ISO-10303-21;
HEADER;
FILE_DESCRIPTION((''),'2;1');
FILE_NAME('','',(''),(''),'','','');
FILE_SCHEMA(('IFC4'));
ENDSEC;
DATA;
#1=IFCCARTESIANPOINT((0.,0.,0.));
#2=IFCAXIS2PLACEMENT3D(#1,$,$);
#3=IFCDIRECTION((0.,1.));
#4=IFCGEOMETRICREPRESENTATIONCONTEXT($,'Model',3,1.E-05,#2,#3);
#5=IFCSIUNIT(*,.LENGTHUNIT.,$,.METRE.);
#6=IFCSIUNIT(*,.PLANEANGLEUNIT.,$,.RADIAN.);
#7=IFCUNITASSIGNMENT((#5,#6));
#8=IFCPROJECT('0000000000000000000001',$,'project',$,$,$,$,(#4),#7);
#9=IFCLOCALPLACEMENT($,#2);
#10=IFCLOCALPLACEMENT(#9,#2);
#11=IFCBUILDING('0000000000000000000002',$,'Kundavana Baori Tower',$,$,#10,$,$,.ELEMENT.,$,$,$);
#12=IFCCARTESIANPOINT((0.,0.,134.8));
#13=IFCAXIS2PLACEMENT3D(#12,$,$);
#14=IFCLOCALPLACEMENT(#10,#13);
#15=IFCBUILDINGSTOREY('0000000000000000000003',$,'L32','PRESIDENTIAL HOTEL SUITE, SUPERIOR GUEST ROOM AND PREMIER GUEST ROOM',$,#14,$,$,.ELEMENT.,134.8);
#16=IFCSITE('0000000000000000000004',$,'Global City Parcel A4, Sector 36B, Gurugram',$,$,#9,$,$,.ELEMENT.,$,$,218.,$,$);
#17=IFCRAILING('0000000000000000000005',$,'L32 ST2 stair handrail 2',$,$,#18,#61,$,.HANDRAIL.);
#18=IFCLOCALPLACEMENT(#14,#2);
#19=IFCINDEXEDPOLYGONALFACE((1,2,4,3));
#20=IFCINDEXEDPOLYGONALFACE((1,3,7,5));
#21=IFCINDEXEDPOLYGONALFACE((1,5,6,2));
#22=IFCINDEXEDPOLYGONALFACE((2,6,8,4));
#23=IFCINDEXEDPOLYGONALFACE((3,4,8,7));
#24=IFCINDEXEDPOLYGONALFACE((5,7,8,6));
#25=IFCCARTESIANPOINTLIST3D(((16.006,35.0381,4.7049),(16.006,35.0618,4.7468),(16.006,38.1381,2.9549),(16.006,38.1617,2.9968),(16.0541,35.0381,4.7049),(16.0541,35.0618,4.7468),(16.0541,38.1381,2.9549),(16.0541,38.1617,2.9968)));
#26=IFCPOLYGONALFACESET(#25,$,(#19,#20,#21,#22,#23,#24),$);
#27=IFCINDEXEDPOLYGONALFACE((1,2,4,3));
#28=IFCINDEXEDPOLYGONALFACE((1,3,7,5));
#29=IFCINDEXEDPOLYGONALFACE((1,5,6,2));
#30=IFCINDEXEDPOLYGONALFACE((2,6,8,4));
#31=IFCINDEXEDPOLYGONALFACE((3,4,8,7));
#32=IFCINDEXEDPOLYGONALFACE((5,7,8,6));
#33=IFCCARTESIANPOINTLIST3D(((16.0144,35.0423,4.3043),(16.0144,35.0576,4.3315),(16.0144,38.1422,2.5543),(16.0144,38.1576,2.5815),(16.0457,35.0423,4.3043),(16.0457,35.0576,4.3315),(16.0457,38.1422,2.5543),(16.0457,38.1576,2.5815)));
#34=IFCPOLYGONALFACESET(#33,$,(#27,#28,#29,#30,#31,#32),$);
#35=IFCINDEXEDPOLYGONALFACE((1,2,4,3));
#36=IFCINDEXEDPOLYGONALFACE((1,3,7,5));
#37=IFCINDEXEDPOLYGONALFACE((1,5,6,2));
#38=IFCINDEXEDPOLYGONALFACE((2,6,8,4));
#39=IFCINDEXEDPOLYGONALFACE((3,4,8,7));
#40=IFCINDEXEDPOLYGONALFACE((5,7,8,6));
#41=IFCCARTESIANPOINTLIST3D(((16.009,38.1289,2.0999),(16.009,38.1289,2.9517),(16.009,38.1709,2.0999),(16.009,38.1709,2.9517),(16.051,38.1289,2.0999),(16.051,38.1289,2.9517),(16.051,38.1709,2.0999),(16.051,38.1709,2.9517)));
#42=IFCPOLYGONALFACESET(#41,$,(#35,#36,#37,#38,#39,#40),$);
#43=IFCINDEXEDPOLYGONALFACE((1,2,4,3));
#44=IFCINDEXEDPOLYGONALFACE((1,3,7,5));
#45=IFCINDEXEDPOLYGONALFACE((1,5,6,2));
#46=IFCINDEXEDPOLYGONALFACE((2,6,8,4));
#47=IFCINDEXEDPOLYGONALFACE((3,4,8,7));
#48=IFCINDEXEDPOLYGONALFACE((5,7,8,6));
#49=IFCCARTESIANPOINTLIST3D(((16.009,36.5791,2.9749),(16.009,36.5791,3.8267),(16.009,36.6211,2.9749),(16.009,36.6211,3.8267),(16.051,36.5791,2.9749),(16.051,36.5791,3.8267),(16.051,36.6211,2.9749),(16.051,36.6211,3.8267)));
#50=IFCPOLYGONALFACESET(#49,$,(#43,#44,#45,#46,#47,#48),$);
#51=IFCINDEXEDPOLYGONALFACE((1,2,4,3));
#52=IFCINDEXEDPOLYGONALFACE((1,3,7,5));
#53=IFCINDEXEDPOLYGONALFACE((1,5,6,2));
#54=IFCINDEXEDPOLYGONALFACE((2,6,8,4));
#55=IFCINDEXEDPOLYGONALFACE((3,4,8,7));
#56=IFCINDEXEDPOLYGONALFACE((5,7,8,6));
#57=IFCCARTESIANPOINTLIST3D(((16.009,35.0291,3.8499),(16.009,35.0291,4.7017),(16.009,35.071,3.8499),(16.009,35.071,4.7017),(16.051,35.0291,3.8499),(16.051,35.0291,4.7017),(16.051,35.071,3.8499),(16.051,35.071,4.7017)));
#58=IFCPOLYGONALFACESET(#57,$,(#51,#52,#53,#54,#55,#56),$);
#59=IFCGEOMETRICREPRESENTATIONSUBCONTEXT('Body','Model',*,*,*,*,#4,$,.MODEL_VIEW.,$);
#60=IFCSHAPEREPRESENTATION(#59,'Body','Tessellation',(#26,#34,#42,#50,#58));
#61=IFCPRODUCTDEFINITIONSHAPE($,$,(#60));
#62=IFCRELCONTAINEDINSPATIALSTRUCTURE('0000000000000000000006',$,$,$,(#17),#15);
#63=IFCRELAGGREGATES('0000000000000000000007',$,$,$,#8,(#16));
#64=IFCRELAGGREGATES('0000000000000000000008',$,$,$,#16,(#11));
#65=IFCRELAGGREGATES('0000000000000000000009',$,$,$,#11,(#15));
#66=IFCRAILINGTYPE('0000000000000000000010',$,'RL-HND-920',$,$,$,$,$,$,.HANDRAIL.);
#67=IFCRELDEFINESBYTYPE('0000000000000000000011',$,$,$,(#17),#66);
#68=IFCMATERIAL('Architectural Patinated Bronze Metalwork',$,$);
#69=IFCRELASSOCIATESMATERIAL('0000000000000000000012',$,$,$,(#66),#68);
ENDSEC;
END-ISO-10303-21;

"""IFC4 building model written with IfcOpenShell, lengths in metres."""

from ifc_helpers import new_model, si_unit, direction, frame, origin, origin_2d, place, context, subcontext, project, spatial, rectangle, extrude, material, type_object, element, save


model = new_model("IFC4")

# Units and contexts
model_context = context("Model", 3, precision=1e-05, world=origin(), true_north=direction((0.0, 1.0)))
body_context = subcontext(model_context, "Body", "Model", "MODEL_VIEW")
ifc_project = project(units=[si_unit("LENGTHUNIT", "METRE"), si_unit("PLANEANGLEUNIT", "RADIAN")], contexts=[model_context])

# Site, building, storey
site_placement = place(None, origin())
site = spatial("IfcSite", under=ifc_project, at=site_placement, Name="Global City Parcel A4, Sector 36B, Gurugram", CompositionType="ELEMENT", RefElevation=218.0)
building_placement = place(site_placement, origin())
building = spatial("IfcBuilding", under=site, at=building_placement, Name="Kundavana Baori Tower", CompositionType="ELEMENT")
storey_placement = place(building_placement, frame((0.0, 0.0, 134.8)))
storey = spatial("IfcBuildingStorey", under=building, at=storey_placement, Name="L32", Description="PRESIDENTIAL HOTEL SUITE, SUPERIOR GUEST ROOM AND PREMIER GUEST ROOM", CompositionType="ELEMENT", Elevation=134.8)

# Railing
ifc_material_1 = material(Name="Architectural Patinated Bronze Metalwork")
railing_type_1 = type_object("IfcRailingType", Name="RL-HND-920", PredefinedType="HANDRAIL", material=ifc_material_1)
railing_1_placement = place(storey_placement, frame((16.03, 38.1499, 2.0999)))
element("IfcRailing", 1, at=railing_1_placement, inside=storey, type_object=railing_type_1, Name="L32 ST2 stair handrail 2", PredefinedType="HANDRAIL", context=body_context, shape_type="SweptSolid", body=[
    extrude(rectangle(XDim=0.0481, YDim=0.0481, at=origin_2d()), frame((0.0, 0.0, 0.876), z_axis=(0.0, -0.870814, 0.491612), x_axis=(1.0, 0.0, 0.0)), (0.0, 0.0, 1.0), 3.5598),
    extrude(rectangle(XDim=0.0312, YDim=0.0312, at=origin_2d()), frame((0.0, 0.0, 0.468), z_axis=(0.0, -0.870814, 0.491612), x_axis=(1.0, 0.0, 0.0)), (0.0, 0.0, 1.0), 3.5598),
    extrude(rectangle(XDim=0.042, YDim=0.042, at=origin_2d()), origin(), (0.0, 0.0, 1.0), 0.8518),
    extrude(rectangle(XDim=0.042, YDim=0.042, at=origin_2d()), frame((0.0, -1.5498, 0.875)), (0.0, 0.0, 1.0), 0.8518),
    extrude(rectangle(XDim=0.042, YDim=0.042, at=origin_2d()), frame((0.0, -3.0999, 1.75)), (0.0, 0.0, 1.0), 0.8518),
])

save(model, "model.ifc")
